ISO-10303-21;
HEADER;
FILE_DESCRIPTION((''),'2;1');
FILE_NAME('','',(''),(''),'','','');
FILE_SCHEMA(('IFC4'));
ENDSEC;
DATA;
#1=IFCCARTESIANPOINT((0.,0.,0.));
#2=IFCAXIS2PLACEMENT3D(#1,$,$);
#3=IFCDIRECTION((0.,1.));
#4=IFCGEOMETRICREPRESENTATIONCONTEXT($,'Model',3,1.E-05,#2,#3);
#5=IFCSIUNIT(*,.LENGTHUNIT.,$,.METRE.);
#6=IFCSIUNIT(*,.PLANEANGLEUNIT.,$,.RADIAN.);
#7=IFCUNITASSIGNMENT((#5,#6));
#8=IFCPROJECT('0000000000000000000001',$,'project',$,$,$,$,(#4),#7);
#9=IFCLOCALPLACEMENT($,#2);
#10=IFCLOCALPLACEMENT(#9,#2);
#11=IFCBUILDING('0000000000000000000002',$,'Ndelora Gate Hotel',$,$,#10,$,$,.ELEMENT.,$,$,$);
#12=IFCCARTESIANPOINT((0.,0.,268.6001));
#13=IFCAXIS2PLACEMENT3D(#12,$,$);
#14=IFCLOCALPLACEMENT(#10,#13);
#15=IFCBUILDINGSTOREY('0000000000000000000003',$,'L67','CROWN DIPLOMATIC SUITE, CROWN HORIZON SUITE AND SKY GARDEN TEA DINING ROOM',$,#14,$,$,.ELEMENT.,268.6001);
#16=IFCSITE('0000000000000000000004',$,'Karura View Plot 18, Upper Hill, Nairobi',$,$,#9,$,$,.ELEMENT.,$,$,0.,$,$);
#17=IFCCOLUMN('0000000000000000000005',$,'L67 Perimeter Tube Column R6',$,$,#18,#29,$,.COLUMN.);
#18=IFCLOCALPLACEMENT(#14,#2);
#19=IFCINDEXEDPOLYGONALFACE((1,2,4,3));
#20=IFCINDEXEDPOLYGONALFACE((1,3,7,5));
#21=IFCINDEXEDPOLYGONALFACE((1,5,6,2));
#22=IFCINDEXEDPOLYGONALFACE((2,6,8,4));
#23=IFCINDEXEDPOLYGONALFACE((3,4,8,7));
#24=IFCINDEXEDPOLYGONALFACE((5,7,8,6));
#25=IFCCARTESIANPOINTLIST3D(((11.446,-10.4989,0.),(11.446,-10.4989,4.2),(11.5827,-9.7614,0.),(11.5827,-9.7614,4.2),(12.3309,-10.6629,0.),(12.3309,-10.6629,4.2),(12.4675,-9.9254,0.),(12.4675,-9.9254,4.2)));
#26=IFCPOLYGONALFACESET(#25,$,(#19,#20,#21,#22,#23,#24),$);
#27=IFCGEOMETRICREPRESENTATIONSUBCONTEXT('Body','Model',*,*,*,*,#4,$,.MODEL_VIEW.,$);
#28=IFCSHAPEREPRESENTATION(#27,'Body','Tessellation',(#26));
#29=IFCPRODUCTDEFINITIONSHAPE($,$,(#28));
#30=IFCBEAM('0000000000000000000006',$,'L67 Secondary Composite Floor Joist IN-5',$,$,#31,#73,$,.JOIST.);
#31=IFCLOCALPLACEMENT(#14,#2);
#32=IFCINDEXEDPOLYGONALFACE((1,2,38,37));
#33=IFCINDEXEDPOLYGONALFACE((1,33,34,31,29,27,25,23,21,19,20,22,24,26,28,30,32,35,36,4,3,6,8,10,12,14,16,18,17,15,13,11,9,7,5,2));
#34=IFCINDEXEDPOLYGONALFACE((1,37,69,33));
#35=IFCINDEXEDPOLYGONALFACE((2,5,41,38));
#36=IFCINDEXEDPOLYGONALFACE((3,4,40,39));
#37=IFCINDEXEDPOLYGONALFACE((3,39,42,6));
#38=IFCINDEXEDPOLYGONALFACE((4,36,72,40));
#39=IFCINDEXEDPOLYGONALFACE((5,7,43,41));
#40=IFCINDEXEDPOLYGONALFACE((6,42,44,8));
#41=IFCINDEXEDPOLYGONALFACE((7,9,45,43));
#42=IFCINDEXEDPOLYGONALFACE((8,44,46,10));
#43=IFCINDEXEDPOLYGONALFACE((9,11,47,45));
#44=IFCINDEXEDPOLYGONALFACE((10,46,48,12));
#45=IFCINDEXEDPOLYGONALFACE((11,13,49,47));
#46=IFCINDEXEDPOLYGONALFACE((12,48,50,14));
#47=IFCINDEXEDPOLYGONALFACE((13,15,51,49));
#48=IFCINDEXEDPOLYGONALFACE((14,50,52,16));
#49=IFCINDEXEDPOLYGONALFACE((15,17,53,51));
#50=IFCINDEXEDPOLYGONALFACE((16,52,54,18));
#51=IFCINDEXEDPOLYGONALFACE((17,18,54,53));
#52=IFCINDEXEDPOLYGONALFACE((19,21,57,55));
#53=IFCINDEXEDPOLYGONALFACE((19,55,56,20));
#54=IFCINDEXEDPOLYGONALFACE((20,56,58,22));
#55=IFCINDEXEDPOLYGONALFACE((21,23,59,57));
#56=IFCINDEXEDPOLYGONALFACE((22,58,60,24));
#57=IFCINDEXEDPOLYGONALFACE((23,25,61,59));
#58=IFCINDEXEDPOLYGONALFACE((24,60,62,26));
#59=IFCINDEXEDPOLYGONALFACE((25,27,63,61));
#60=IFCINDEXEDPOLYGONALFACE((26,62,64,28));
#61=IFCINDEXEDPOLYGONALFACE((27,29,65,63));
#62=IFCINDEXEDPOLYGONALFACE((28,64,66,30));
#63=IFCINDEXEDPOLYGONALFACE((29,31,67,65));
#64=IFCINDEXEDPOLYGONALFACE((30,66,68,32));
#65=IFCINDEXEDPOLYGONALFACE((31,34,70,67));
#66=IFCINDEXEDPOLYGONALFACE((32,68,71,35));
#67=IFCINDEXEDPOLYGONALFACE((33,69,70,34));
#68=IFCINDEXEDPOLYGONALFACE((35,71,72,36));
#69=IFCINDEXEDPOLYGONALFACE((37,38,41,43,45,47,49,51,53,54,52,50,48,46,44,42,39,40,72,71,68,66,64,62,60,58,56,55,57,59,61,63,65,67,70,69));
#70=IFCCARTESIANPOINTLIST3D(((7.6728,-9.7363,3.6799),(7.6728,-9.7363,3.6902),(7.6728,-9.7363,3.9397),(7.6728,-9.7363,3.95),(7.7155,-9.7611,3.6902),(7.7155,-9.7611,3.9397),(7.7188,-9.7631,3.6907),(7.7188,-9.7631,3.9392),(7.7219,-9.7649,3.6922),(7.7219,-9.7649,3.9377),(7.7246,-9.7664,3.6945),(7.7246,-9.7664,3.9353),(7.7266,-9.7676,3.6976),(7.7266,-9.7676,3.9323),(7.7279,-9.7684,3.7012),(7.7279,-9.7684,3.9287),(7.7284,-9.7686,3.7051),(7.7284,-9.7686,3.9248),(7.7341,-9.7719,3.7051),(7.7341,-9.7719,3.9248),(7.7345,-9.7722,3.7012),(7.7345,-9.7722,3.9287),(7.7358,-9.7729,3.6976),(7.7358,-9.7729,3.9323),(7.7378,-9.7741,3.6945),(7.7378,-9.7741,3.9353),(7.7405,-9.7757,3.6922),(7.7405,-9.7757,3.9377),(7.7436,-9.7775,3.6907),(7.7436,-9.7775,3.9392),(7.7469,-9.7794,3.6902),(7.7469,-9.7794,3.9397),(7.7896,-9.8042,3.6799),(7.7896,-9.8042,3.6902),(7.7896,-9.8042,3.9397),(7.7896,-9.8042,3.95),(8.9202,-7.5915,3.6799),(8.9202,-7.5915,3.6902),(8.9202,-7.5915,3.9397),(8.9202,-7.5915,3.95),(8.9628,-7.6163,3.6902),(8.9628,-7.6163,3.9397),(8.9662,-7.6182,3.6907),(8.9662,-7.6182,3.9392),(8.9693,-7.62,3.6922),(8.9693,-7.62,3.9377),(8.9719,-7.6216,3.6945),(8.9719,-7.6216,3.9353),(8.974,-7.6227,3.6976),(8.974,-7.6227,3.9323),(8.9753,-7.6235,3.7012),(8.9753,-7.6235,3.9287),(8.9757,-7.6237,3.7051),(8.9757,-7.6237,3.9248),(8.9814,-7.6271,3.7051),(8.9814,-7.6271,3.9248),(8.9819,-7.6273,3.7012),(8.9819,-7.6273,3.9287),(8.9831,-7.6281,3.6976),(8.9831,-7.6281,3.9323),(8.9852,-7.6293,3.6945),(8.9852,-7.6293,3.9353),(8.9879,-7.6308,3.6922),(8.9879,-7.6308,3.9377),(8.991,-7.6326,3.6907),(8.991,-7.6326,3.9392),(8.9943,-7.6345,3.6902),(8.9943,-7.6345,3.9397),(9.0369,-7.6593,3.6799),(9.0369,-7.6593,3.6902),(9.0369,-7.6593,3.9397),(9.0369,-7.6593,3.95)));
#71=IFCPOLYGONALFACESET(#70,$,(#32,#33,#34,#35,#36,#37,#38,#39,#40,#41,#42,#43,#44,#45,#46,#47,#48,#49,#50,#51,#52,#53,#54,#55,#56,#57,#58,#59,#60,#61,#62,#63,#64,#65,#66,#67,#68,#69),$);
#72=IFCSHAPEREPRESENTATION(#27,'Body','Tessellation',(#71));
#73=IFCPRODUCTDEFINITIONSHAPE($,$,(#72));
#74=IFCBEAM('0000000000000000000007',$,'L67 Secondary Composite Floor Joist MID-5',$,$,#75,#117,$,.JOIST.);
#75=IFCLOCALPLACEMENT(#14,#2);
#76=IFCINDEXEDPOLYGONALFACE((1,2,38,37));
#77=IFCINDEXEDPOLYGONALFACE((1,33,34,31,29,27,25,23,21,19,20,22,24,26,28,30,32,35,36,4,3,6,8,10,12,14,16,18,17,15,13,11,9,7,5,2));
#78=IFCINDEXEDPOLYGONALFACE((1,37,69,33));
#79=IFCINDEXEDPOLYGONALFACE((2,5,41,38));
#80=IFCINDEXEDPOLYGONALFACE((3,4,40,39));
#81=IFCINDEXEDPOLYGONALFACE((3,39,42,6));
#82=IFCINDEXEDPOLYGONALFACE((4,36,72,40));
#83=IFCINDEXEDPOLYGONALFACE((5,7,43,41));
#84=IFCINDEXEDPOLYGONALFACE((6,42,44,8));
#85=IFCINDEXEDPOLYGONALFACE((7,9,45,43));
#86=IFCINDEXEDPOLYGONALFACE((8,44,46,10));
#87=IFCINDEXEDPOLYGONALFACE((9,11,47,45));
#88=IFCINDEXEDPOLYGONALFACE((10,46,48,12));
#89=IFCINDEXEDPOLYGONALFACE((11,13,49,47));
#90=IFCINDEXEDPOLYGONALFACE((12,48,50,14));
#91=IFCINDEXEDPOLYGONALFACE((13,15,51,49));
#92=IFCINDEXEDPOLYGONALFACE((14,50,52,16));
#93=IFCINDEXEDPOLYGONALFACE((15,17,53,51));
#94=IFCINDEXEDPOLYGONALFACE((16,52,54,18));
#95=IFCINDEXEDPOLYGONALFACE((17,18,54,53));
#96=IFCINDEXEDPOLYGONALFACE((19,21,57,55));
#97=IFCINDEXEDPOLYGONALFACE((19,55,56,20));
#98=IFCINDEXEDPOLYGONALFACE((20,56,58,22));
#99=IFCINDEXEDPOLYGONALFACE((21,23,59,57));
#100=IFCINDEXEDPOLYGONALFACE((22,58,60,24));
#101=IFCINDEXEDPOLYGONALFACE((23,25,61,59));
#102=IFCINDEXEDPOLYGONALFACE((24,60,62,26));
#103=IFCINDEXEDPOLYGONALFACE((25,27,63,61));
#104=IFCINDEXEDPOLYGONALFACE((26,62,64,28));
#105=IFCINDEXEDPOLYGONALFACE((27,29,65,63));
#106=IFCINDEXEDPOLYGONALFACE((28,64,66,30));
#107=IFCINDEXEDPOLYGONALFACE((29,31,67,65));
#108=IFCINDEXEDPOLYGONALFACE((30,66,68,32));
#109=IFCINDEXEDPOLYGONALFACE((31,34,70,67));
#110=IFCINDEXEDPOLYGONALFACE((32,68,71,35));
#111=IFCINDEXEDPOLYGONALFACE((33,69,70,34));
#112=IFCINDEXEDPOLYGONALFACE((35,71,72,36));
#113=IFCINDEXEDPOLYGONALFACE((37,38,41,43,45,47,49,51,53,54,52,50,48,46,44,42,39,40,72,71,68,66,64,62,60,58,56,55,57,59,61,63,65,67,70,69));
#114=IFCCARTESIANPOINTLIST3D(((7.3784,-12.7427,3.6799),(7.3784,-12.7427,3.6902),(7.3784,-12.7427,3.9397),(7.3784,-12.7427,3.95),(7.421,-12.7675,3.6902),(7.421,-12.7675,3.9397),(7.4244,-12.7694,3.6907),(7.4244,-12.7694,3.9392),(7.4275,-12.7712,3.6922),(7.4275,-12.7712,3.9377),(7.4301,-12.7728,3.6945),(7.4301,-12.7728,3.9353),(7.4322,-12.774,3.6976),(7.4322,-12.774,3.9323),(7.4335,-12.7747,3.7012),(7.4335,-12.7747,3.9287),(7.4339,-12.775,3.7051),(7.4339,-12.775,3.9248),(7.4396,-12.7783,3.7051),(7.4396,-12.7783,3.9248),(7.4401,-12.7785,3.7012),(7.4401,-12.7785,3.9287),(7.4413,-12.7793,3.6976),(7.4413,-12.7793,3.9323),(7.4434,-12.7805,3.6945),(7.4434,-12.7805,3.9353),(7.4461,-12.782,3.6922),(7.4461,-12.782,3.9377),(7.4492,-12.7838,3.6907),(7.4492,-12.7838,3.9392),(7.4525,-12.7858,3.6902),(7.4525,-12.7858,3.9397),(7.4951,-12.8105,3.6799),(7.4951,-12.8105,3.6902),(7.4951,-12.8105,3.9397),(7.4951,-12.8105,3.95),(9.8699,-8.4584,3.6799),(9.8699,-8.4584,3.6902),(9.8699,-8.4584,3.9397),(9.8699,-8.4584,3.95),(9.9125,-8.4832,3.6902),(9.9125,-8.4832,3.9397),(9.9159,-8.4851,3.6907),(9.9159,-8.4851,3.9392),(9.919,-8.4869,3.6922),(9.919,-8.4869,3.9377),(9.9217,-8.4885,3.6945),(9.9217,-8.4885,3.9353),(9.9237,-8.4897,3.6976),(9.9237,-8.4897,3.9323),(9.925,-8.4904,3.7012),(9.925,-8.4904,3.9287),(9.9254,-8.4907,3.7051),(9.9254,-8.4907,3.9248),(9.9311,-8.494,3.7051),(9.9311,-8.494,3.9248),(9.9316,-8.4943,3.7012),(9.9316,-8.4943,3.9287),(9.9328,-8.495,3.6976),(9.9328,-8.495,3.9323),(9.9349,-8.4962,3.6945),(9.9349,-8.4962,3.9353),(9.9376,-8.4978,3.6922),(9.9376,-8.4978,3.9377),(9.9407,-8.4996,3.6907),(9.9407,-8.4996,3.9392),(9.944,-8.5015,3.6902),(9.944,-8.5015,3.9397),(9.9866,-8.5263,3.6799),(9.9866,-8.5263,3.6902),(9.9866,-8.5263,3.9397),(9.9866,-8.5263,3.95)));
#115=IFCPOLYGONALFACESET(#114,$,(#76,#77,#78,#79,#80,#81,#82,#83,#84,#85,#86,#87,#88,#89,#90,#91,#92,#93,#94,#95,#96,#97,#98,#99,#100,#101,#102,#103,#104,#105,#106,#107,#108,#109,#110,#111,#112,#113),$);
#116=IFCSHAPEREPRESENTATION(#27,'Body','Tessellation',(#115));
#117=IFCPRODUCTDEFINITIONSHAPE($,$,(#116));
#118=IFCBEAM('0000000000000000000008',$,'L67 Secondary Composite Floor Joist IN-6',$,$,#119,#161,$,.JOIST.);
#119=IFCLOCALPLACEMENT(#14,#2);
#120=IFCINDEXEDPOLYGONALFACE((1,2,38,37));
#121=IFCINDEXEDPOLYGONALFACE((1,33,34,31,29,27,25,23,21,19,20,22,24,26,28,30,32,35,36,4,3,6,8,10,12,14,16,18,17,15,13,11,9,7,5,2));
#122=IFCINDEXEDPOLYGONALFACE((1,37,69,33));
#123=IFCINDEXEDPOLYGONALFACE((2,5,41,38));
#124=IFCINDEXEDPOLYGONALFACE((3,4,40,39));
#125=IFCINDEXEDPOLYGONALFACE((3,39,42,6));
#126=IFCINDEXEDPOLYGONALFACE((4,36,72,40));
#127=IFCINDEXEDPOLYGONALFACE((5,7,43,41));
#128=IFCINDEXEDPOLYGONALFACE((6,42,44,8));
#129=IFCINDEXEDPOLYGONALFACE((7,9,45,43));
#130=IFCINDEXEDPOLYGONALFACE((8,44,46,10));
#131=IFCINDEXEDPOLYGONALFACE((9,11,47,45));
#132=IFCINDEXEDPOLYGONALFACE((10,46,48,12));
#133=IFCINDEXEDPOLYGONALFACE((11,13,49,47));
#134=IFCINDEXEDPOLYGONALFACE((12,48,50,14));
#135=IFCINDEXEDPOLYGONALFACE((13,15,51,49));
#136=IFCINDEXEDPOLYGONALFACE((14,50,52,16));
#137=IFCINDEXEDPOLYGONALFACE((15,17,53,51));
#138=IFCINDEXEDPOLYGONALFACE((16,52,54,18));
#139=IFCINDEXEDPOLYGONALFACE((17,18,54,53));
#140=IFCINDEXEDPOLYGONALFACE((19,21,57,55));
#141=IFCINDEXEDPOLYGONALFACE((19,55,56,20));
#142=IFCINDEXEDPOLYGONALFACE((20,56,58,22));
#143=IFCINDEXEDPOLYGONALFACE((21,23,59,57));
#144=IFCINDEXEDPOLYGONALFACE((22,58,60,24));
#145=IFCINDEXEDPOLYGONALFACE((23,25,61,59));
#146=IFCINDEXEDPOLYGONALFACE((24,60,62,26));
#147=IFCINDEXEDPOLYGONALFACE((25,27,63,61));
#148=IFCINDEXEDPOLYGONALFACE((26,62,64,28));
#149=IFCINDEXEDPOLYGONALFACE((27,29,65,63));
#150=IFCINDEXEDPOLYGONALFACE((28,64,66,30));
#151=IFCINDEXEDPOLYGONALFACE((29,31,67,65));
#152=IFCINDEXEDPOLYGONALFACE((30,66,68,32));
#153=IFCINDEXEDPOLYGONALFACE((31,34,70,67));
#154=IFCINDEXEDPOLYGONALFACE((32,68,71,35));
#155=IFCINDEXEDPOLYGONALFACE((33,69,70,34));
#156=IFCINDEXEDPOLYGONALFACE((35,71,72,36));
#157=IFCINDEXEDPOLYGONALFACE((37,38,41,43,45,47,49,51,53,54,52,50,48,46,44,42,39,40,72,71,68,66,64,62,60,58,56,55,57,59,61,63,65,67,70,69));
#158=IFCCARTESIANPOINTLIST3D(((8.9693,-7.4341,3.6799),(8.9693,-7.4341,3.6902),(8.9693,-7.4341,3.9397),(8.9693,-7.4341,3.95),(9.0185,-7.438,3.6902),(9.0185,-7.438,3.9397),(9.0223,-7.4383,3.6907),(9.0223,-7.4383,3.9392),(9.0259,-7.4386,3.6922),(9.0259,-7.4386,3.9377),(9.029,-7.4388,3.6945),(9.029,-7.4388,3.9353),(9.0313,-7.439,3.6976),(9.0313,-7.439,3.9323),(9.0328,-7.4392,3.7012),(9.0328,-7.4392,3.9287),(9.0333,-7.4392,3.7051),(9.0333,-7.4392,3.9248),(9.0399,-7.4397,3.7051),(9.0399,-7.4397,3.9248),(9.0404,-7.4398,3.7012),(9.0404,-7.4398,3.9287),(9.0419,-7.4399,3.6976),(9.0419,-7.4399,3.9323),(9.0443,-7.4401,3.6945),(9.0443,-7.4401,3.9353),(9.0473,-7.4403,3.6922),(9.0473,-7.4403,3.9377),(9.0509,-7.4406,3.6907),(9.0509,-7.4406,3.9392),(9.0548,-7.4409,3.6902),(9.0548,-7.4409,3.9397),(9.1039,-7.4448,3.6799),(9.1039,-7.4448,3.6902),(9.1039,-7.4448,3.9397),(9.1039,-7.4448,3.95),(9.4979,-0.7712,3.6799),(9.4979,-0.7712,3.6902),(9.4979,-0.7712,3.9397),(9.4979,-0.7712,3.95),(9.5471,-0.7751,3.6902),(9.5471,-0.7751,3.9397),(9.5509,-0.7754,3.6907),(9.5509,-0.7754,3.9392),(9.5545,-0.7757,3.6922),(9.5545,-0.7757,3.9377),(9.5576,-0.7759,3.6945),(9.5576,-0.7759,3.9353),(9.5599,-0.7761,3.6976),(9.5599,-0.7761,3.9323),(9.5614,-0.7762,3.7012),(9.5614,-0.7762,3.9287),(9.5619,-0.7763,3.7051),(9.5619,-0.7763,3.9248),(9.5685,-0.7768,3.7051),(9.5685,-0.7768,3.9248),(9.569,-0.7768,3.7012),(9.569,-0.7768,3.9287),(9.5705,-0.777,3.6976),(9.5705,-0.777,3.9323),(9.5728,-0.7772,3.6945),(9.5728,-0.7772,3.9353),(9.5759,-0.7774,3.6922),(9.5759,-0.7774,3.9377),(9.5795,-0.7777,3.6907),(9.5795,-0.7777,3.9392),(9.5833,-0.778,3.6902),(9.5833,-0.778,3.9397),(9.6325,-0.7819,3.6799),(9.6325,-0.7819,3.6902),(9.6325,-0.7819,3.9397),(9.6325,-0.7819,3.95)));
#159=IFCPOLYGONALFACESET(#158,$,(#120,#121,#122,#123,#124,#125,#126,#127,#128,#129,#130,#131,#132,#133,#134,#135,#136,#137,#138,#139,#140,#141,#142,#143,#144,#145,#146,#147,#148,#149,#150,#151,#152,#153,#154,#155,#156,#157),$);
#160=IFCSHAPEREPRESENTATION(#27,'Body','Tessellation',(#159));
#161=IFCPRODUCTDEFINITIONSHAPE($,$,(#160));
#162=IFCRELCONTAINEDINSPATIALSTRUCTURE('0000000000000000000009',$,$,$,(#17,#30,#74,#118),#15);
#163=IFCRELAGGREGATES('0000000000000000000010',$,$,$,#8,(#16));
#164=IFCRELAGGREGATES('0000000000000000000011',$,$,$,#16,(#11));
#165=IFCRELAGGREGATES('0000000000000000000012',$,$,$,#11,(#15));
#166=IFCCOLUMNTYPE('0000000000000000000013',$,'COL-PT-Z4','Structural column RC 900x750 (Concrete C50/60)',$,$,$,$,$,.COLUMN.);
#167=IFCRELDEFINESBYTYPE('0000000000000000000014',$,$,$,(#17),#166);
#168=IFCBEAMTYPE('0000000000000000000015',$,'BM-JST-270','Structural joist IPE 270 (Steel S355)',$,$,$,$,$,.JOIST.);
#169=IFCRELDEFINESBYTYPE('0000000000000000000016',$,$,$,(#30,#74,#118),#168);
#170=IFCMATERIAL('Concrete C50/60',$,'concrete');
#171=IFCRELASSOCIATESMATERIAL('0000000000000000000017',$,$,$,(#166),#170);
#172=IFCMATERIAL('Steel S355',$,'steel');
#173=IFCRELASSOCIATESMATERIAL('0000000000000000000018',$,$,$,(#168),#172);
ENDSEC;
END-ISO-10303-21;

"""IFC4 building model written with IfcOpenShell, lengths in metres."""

from ifc_helpers import new_model, si_unit, direction, frame, origin, origin_2d, place, context, subcontext, project, spatial, rectangle, i_section, extrude, material, material_profile, profile_set, type_object, element, save


model = new_model("IFC4")

# Units and contexts
model_context = context("Model", 3, precision=1e-05, world=origin(), true_north=direction((0.0, 1.0)))
body_context = subcontext(model_context, "Body", "Model", "MODEL_VIEW")
ifc_project = project(units=[si_unit("LENGTHUNIT", "METRE"), si_unit("PLANEANGLEUNIT", "RADIAN")], contexts=[model_context])

# Site, building, storey
site_placement = place(None, origin())
site = spatial("IfcSite", under=ifc_project, at=site_placement, Name="Karura View Plot 18, Upper Hill, Nairobi", CompositionType="ELEMENT", RefElevation=0.0)
building_placement = place(site_placement, origin())
building = spatial("IfcBuilding", under=site, at=building_placement, Name="Ndelora Gate Hotel", CompositionType="ELEMENT")
storey_placement = place(building_placement, frame((0.0, 0.0, 268.6001)))
storey = spatial("IfcBuildingStorey", under=building, at=storey_placement, Name="L67", Description="CROWN DIPLOMATIC SUITE, CROWN HORIZON SUITE AND SKY GARDEN TEA DINING ROOM", CompositionType="ELEMENT", Elevation=268.6001)

# Column
ifc_material_1 = material(Name="Concrete C50/60", Category="concrete")
ifc_material_profile_1 = material_profile(ifc_material_1, rectangle(XDim=0.75, YDim=0.8999, at=origin_2d()), Name="RC 900x750")
ifc_profile_set_1 = profile_set([ifc_material_profile_1], Name="Concrete C50/60")
column_type = type_object("IfcColumnType", Name="COL-PT-Z4", Description="Structural column RC 900x750 (Concrete C50/60)", PredefinedType="COLUMN", material=ifc_profile_set_1)
column_placement = place(storey_placement, frame((11.9568, -10.2122, 0.0), z_axis=(0.0, 0.0, 1.0), x_axis=(0.182236, 0.983255, 0.0)))
element("IfcColumn", 1, at=column_placement, inside=storey, type_object=column_type, Name="L67 Perimeter Tube Column R6", PredefinedType="COLUMN", context=body_context, shape_type="SweptSolid", body=[
    extrude(rectangle(XDim=0.75, YDim=0.8999, at=origin_2d()), origin(), (0.0, 0.0, 1.0), 4.2),
])

# Beams
ifc_material_2 = material(Name="Steel S355", Category="steel")
ifc_material_profile_2 = material_profile(ifc_material_2, i_section(OverallWidth=0.135, OverallDepth=0.27, WebThickness=0.0066, FlangeThickness=0.0103, FilletRadius=0.0149, at=origin_2d()), Name="IPE 270")
ifc_profile_set_2 = profile_set([ifc_material_profile_2], Name="Steel S355")
beam_type_1 = type_object("IfcBeamType", Name="BM-JST-270", Description="Structural joist IPE 270 (Steel S355)", PredefinedType="JOIST", material=ifc_profile_set_2)
beam_1_placement = place(storey_placement, frame((7.7312, -9.7703, 3.8149), z_axis=(0.502726, 0.864446, 0.0), x_axis=(-0.864446, 0.502726, 0.0)))
element("IfcBeam", 2, at=beam_1_placement, inside=storey, type_object=beam_type_1, Name="L67 Secondary Composite Floor Joist IN-5", PredefinedType="JOIST", context=body_context, shape_type="SweptSolid", body=[
    extrude(i_section(OverallWidth=0.135, OverallDepth=0.27, WebThickness=0.0066, FlangeThickness=0.0103, FilletRadius=0.0149, at=origin_2d()), origin(), (0.0, 0.0, 1.0), 2.4812),
])
beam_2_placement = place(storey_placement, frame((7.4368, -12.7766, 3.8149), z_axis=(0.502719, 0.86445, 0.0), x_axis=(-0.86445, 0.502719, 0.0)))
element("IfcBeam", 3, at=beam_2_placement, inside=storey, type_object=beam_type_1, Name="L67 Secondary Composite Floor Joist MID-5", PredefinedType="JOIST", context=body_context, shape_type="SweptSolid", body=[
    extrude(i_section(OverallWidth=0.135, OverallDepth=0.27, WebThickness=0.0066, FlangeThickness=0.0103, FilletRadius=0.0149, at=origin_2d()), origin(), (0.0, 0.0, 1.0), 4.9561),
])
beam_3_placement = place(storey_placement, frame((9.0366, -7.4395, 3.8149), z_axis=(0.079082, 0.996868, 0.0), x_axis=(-0.996868, 0.079082, 0.0)))
element("IfcBeam", 4, at=beam_3_placement, inside=storey, type_object=beam_type_1, Name="L67 Secondary Composite Floor Joist IN-6", PredefinedType="JOIST", context=body_context, shape_type="SweptSolid", body=[
    extrude(i_section(OverallWidth=0.135, OverallDepth=0.27, WebThickness=0.0066, FlangeThickness=0.0103, FilletRadius=0.0149, at=origin_2d()), origin(), (0.0, 0.0, 1.0), 6.6838),
])

save(model, "model.ifc")
